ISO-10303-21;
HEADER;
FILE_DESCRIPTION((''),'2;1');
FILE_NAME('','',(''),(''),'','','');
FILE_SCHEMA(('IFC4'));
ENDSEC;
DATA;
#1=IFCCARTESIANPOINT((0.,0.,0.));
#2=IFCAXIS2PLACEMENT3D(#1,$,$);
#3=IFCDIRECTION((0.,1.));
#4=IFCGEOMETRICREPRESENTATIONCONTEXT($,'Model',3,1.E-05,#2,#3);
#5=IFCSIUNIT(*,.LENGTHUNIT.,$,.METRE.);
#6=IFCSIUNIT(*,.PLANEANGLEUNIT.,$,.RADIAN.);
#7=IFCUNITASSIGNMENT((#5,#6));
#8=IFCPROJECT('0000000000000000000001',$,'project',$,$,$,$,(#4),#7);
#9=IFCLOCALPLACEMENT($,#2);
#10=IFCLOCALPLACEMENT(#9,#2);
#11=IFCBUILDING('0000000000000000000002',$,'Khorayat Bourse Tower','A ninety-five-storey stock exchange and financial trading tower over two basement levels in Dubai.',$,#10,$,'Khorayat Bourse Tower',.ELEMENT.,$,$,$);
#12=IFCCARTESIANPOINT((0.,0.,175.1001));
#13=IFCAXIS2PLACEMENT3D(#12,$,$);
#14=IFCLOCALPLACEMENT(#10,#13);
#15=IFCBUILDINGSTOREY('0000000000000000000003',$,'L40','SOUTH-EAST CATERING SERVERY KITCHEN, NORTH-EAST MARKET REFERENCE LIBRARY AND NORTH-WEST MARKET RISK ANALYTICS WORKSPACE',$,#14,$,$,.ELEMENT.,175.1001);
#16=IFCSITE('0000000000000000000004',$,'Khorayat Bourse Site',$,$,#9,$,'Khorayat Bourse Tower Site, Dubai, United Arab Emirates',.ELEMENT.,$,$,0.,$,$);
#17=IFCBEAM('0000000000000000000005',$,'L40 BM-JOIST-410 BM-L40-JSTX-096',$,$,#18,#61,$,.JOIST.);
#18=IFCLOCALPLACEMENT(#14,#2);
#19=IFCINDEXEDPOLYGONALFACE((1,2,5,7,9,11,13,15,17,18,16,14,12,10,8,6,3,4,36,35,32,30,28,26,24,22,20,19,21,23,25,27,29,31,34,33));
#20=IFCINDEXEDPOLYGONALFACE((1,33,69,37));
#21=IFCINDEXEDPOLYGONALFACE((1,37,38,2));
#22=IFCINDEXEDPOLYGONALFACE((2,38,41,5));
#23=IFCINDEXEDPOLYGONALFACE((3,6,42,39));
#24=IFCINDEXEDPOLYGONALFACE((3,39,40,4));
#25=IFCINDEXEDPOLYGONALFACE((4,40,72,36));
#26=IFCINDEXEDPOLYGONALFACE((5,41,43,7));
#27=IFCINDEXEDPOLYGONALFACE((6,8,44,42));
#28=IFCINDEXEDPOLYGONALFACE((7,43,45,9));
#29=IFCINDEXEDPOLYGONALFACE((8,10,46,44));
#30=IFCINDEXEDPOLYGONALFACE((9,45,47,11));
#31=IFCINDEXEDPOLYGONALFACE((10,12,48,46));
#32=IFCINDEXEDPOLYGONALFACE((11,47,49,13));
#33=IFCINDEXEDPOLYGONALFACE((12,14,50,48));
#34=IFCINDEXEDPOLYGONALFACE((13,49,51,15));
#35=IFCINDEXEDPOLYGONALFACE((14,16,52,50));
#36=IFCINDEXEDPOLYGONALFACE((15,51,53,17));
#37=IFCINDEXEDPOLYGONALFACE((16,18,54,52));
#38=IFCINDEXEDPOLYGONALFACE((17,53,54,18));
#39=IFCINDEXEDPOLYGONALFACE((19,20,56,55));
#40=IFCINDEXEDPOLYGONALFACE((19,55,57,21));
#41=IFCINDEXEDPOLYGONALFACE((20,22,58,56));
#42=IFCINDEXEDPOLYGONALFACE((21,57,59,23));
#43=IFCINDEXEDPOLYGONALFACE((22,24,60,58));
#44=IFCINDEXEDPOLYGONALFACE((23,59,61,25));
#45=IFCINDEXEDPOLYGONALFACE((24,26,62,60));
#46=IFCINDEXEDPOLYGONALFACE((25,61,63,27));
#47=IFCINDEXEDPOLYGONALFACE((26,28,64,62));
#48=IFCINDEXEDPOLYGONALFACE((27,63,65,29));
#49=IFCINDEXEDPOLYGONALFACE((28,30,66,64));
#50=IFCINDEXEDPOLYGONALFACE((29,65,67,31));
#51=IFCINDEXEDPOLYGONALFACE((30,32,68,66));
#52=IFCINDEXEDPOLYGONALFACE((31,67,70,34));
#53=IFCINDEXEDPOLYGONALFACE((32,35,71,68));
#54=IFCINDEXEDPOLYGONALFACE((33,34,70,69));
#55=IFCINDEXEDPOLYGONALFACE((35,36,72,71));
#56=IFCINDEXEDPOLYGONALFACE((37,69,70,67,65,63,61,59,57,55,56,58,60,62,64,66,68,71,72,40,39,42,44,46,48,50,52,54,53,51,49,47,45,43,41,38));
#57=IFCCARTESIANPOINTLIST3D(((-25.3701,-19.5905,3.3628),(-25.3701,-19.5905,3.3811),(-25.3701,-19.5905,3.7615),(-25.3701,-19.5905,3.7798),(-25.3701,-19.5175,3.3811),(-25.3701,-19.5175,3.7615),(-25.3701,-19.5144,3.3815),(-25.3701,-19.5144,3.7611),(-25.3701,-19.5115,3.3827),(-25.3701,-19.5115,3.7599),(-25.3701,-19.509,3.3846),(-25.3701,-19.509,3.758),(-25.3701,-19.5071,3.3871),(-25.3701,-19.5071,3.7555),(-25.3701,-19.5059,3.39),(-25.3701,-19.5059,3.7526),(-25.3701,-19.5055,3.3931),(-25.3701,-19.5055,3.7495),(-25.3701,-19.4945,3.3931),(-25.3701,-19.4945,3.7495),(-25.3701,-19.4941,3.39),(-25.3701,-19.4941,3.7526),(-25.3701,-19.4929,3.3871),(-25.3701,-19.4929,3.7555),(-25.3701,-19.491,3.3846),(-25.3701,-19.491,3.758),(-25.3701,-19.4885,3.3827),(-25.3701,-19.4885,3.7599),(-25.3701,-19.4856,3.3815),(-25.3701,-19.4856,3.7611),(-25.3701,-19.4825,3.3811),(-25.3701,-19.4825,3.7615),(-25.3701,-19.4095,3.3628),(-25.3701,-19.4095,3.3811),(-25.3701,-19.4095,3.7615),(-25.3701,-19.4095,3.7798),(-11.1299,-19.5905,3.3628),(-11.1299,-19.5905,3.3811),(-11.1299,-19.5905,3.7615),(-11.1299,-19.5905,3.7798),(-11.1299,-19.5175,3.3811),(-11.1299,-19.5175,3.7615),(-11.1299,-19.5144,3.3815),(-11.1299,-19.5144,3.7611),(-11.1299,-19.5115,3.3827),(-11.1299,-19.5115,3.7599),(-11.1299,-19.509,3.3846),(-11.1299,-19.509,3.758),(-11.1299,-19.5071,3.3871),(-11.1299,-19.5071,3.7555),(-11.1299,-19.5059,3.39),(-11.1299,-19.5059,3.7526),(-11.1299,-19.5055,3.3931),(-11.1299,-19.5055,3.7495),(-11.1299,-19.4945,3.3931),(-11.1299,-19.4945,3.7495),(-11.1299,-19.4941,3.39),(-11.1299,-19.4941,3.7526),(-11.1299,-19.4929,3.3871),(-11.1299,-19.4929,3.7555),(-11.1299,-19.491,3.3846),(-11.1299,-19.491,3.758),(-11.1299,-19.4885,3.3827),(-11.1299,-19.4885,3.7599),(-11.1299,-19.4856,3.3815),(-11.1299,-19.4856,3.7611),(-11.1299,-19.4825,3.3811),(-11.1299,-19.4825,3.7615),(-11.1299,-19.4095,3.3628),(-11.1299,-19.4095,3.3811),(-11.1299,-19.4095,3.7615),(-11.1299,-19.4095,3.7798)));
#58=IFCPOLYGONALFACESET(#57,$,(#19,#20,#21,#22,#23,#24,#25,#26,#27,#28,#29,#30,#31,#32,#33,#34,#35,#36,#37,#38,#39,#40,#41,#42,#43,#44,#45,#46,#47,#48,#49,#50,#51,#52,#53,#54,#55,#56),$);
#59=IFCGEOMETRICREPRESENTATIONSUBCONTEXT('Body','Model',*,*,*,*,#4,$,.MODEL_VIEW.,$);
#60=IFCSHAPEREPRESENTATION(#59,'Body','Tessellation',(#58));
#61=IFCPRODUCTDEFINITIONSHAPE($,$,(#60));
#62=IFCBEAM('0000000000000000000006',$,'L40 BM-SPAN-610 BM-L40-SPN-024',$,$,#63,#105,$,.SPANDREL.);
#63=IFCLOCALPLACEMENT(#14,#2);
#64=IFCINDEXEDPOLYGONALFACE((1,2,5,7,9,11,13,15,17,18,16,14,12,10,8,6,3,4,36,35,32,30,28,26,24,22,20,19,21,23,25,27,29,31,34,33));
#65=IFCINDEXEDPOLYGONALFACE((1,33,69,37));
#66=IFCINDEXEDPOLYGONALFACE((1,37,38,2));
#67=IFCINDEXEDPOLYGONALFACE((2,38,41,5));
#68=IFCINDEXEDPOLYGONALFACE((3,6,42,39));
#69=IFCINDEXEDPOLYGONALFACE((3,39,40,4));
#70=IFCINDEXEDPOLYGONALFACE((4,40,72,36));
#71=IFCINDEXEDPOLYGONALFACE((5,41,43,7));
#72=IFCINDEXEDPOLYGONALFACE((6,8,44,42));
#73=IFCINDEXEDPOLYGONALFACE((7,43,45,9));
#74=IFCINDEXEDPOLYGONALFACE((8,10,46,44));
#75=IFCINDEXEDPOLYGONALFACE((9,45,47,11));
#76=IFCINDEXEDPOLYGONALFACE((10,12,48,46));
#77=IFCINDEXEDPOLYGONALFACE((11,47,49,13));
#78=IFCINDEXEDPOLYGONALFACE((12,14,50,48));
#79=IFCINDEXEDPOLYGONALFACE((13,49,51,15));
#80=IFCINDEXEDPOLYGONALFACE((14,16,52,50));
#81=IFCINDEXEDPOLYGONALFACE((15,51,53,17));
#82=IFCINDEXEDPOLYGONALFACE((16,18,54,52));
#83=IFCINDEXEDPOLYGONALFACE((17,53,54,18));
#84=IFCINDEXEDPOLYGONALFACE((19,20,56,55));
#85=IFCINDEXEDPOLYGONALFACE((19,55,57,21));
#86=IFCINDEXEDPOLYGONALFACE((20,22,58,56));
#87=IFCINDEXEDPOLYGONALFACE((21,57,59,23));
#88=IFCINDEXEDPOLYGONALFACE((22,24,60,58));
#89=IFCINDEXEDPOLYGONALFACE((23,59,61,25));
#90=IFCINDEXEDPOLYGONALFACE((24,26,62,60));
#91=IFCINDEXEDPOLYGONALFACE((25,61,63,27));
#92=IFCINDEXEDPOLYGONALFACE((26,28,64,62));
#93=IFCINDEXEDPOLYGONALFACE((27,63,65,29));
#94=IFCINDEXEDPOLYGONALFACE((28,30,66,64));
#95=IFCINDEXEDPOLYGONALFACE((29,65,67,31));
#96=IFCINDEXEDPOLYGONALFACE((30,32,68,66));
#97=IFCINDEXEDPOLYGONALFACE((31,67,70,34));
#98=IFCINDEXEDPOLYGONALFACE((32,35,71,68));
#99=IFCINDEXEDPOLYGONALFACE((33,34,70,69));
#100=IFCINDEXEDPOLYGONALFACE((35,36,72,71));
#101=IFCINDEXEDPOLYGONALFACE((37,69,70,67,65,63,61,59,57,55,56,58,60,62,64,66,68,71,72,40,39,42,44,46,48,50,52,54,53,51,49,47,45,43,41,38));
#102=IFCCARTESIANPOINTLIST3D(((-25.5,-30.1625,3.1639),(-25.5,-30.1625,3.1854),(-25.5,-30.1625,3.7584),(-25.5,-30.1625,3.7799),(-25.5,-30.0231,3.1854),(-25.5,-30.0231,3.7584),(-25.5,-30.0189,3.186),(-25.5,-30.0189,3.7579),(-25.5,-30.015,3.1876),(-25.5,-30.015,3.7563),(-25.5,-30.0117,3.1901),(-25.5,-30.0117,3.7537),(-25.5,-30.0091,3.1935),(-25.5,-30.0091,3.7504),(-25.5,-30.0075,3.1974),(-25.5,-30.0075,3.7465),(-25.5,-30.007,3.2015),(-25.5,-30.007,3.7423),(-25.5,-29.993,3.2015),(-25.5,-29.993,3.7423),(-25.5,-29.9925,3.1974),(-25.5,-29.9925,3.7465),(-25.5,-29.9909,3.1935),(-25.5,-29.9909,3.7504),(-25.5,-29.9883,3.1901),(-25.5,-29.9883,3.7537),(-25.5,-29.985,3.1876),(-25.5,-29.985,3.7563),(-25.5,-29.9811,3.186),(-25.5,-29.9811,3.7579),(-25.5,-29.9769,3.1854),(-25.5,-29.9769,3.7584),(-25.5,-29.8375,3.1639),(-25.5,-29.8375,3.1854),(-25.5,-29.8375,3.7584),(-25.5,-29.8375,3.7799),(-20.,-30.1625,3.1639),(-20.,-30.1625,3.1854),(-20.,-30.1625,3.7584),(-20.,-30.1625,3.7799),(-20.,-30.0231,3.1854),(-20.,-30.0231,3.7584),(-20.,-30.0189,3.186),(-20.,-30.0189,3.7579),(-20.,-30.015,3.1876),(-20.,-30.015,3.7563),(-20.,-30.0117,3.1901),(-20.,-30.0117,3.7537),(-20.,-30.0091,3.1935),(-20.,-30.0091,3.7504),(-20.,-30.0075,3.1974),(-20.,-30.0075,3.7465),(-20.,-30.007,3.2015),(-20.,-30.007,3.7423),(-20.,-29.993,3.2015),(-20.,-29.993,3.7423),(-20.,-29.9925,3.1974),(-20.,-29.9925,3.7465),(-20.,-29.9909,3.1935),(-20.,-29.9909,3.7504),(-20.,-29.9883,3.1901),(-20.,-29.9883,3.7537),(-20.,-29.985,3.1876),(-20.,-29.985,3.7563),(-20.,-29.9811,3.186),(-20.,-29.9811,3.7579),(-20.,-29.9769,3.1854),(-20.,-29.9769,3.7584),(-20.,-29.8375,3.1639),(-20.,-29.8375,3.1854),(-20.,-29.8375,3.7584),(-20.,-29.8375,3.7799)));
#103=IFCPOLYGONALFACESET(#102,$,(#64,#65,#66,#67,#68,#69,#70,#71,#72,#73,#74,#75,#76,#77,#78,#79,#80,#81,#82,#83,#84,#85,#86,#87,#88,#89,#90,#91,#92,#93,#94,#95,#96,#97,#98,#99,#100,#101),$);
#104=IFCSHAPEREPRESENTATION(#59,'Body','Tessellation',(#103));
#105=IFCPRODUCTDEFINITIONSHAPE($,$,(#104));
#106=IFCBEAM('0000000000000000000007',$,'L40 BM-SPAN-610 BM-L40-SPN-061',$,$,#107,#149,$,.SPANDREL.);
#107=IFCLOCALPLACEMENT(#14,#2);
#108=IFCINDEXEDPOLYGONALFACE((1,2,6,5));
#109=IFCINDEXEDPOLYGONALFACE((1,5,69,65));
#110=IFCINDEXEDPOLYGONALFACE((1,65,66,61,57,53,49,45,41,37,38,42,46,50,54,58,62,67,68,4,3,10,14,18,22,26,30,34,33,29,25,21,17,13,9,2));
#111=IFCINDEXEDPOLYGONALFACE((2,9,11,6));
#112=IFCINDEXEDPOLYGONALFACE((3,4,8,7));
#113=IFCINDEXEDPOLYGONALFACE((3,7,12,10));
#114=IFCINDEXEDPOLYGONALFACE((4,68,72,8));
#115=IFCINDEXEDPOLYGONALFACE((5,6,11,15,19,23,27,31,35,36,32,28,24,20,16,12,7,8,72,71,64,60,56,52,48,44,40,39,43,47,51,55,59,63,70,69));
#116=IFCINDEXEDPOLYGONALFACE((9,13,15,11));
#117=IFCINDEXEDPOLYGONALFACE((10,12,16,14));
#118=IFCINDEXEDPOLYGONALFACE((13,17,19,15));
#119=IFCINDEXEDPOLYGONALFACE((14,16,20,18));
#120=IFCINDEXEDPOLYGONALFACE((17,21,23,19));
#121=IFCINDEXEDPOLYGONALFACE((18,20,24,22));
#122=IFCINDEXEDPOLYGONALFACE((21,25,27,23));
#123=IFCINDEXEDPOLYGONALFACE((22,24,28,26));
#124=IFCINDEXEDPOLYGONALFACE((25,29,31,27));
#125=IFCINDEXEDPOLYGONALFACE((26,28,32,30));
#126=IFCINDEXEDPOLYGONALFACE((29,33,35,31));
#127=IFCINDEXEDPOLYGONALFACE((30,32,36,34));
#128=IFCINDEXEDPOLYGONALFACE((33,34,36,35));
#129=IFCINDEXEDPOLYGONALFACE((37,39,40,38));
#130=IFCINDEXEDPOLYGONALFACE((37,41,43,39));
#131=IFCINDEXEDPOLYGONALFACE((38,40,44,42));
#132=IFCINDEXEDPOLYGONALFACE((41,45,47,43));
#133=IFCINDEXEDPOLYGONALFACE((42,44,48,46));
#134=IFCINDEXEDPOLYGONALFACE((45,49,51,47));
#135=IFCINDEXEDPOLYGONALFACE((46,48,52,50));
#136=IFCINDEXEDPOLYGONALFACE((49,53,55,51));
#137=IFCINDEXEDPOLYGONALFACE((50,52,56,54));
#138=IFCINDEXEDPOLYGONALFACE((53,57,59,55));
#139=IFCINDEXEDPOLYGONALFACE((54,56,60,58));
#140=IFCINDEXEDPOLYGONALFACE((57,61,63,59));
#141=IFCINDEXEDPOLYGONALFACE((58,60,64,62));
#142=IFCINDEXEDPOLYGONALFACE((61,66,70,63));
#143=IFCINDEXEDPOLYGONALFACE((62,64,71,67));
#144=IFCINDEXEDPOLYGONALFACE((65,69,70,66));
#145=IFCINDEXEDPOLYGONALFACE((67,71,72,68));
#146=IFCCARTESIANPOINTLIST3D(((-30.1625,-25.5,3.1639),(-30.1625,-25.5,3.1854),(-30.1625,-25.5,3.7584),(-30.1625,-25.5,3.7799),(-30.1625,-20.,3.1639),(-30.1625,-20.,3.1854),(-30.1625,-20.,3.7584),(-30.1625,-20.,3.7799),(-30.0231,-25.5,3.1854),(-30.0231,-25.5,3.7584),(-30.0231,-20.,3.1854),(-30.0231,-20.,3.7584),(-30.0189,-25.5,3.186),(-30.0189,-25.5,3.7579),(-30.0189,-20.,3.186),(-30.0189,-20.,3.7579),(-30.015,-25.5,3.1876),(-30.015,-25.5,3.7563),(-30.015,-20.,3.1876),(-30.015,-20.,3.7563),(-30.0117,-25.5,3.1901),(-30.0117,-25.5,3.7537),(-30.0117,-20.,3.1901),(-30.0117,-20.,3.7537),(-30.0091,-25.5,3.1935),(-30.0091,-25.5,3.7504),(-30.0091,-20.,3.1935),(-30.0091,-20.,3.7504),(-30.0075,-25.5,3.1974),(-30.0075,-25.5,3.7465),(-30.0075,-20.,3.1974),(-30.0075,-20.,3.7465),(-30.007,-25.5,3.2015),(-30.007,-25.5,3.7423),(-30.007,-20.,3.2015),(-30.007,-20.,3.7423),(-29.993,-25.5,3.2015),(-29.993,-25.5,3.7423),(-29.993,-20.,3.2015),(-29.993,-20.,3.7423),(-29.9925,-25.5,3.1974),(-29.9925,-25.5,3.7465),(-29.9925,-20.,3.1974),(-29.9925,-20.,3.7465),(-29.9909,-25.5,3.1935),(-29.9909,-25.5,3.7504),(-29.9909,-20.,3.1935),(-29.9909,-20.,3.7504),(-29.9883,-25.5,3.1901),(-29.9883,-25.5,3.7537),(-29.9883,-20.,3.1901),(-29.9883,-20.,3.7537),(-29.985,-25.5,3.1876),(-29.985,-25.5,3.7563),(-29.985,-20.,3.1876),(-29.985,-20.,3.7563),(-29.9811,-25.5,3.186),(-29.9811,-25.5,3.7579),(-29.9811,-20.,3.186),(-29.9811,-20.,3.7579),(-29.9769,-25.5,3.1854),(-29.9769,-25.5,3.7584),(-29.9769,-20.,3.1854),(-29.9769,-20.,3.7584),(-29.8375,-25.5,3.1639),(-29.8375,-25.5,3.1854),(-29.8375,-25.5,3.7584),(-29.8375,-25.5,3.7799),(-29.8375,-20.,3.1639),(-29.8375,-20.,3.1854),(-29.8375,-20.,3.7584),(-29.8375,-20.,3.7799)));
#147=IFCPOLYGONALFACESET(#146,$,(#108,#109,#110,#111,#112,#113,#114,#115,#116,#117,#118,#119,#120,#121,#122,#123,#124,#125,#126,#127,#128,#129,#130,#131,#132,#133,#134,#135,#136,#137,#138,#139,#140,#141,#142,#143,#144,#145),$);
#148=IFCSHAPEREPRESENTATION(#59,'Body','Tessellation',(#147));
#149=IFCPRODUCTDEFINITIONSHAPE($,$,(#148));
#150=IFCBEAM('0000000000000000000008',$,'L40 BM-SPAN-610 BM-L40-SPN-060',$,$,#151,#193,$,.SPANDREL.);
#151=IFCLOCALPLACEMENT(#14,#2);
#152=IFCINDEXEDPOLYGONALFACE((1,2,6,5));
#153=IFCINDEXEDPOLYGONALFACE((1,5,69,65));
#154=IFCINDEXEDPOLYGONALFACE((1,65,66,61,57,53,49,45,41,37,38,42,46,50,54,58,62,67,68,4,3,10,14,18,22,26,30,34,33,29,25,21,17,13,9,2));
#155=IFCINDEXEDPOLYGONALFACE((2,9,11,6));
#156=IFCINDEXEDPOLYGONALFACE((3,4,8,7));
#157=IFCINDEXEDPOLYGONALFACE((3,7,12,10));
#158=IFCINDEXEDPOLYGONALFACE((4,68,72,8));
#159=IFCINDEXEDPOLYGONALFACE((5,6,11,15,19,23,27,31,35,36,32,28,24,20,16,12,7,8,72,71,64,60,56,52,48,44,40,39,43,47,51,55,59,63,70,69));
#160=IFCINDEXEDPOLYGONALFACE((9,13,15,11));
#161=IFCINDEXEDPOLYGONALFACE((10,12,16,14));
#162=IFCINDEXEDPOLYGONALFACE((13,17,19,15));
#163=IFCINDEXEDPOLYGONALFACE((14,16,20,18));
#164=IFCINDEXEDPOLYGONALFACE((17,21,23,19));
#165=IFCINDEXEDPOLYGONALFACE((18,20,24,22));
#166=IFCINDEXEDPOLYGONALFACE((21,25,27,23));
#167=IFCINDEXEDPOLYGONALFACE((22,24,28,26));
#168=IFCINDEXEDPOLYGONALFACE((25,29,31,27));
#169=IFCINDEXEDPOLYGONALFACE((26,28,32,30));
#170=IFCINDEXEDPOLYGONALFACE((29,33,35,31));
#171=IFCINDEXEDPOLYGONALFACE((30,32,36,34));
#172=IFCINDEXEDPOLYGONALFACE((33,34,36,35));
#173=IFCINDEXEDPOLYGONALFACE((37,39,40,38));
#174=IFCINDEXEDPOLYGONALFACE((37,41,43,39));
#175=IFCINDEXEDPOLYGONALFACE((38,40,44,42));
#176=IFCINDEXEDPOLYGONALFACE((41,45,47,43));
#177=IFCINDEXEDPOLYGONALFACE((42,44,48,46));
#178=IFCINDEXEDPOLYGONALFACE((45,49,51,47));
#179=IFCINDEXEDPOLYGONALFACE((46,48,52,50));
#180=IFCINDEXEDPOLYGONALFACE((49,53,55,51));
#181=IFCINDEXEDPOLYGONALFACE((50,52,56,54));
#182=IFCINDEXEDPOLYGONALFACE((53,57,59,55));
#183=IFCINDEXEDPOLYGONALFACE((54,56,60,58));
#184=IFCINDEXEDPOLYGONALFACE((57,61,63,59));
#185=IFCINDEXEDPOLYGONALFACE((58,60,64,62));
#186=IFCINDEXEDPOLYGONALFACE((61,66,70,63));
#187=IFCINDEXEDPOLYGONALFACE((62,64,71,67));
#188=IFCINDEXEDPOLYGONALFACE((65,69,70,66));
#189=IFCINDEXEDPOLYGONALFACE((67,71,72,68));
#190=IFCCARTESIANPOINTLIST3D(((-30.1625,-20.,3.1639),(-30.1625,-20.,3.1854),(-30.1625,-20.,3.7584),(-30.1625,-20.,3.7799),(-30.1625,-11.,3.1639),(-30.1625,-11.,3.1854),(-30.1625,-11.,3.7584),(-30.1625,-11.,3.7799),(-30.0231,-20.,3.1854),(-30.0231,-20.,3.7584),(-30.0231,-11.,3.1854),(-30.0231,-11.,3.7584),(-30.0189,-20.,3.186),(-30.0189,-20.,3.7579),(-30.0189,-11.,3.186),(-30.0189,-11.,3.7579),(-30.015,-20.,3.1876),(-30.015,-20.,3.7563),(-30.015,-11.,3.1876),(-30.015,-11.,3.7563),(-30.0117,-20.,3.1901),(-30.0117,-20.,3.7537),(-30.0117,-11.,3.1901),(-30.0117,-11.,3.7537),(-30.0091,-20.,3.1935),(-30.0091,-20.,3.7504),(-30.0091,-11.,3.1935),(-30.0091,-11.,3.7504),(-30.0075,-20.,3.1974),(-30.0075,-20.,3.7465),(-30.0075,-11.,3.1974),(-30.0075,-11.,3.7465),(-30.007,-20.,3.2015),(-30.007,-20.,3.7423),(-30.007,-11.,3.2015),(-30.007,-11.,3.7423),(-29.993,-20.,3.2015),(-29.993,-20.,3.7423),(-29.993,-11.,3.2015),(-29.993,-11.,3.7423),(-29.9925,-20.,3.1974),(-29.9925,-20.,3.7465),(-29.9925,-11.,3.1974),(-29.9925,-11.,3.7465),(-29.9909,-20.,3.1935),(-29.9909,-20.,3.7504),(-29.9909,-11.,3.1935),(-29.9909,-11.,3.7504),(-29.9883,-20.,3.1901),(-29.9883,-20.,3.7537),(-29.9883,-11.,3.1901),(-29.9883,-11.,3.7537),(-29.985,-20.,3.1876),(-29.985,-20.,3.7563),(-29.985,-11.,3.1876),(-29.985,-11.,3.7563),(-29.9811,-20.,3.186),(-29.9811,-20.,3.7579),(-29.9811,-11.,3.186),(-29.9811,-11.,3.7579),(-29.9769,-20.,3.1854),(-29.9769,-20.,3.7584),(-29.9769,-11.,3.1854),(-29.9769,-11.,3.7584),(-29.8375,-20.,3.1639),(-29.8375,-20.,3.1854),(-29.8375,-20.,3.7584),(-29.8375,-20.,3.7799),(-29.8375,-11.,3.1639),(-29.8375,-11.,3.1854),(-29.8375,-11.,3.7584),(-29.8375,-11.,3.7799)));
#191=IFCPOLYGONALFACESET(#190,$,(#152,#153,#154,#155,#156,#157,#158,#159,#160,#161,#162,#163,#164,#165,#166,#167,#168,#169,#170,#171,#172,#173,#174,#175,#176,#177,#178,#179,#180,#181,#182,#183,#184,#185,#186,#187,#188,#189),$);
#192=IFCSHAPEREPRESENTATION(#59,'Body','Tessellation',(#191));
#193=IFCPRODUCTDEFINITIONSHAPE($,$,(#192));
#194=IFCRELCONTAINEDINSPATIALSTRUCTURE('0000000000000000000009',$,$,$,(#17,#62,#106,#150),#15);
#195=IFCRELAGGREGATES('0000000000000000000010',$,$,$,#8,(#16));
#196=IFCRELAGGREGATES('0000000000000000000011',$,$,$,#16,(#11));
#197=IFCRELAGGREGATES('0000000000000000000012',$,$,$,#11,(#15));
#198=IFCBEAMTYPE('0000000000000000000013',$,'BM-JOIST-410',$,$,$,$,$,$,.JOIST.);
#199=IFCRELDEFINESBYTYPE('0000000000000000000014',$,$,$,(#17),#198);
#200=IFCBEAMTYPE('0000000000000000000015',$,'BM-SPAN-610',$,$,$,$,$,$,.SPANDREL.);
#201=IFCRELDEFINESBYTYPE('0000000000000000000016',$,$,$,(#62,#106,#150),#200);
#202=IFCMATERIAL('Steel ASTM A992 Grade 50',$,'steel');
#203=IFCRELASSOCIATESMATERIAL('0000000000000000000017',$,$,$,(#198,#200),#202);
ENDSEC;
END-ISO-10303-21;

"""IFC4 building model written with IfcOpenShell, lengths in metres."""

from ifc_helpers import new_model, si_unit, direction, frame, origin, origin_2d, place, context, subcontext, project, spatial, i_section, extrude, source, transform, mapped, material, material_profile, profile_set, type_object, element, save


model = new_model("IFC4")

# Units and contexts
model_context = context("Model", 3, precision=1e-05, world=origin(), true_north=direction((0.0, 1.0)))
body_context = subcontext(model_context, "Body", "Model", "MODEL_VIEW")
ifc_project = project(units=[si_unit("LENGTHUNIT", "METRE"), si_unit("PLANEANGLEUNIT", "RADIAN")], contexts=[model_context])

# Site, building, storey
site_placement = place(None, origin())
site = spatial("IfcSite", under=ifc_project, at=site_placement, Name="Khorayat Bourse Site", LongName="Khorayat Bourse Tower Site, Dubai, United Arab Emirates", CompositionType="ELEMENT", RefElevation=0.0)
building_placement = place(site_placement, origin())
building = spatial("IfcBuilding", under=site, at=building_placement, Name="Khorayat Bourse Tower", Description="A ninety-five-storey stock exchange and financial trading tower over two basement levels in Dubai.", LongName="Khorayat Bourse Tower", CompositionType="ELEMENT")
storey_placement = place(building_placement, frame((0.0, 0.0, 175.1001)))
storey = spatial("IfcBuildingStorey", under=building, at=storey_placement, Name="L40", Description="SOUTH-EAST CATERING SERVERY KITCHEN, NORTH-EAST MARKET REFERENCE LIBRARY AND NORTH-WEST MARKET RISK ANALYTICS WORKSPACE", CompositionType="ELEMENT", Elevation=175.1001)

# Beams
ifc_material_1 = material(Name="Steel ASTM A992 Grade 50", Category="steel")
ifc_material_profile_1 = material_profile(ifc_material_1, i_section(OverallWidth=0.1809, OverallDepth=0.417, WebThickness=0.011, FlangeThickness=0.0183, FilletRadius=0.012, at=origin_2d()), Name="W410X85")
ifc_profile_set_1 = profile_set([ifc_material_profile_1], Name="Steel ASTM A992 Grade 50")
beam_type_1 = type_object("IfcBeamType", Name="BM-JOIST-410", PredefinedType="JOIST", material=ifc_profile_set_1)
shared_shape_1 = source(origin(), body_context, "Body", "SweptSolid", [
    extrude(i_section(OverallWidth=0.1809, OverallDepth=0.417, WebThickness=0.011, FlangeThickness=0.0183, FilletRadius=0.012, at=origin_2d()), origin(), (0.0, 0.0, 1.0), 14.2402),
])
beam_1_placement = place(storey_placement, frame((-25.3701, -19.5, 3.5713), z_axis=(1.0, 0.0, 0.0), x_axis=(0.0, 1.0, 0.0)))
element("IfcBeam", 1, at=beam_1_placement, inside=storey, type_object=beam_type_1, Name="L40 BM-JOIST-410 BM-L40-JSTX-096", PredefinedType="JOIST", context=body_context, shape_type="MappedRepresentation", body=[
    mapped(shared_shape_1, transform((0.0, 0.0, 0.0), scale=1.0)),
])
ifc_material_profile_2 = material_profile(ifc_material_1, i_section(OverallWidth=0.325, OverallDepth=0.616, WebThickness=0.0139, FlangeThickness=0.0215, FilletRadius=0.0161, at=origin_2d()), Name="W610X174")
ifc_profile_set_2 = profile_set([ifc_material_profile_2], Name="Steel ASTM A992 Grade 50")
beam_type_2 = type_object("IfcBeamType", Name="BM-SPAN-610", PredefinedType="SPANDREL", material=ifc_profile_set_2)
shared_shape_2 = source(origin(), body_context, "Body", "SweptSolid", [
    extrude(i_section(OverallWidth=0.325, OverallDepth=0.616, WebThickness=0.0139, FlangeThickness=0.0215, FilletRadius=0.0161, at=origin_2d()), origin(), (0.0, 0.0, 1.0), 5.5),
])
for number, where, z_axis, x_axis, name in (
    (2, (-25.5, -30.0, 3.4719), (1.0, 0.0, 0.0), (0.0, 1.0, 0.0), "L40 BM-SPAN-610 BM-L40-SPN-024"),
    (3, (-30.0, -25.5, 3.4719), (0.0, 1.0, 0.0), (-1.0, 0.0, 0.0), "L40 BM-SPAN-610 BM-L40-SPN-061"),
):
    element("IfcBeam", number, at=place(storey_placement, frame(where, z_axis=z_axis, x_axis=x_axis)), inside=storey, type_object=beam_type_2, Name=name, PredefinedType="SPANDREL", context=body_context, shape_type="MappedRepresentation", body=[
        mapped(shared_shape_2, transform((0.0, 0.0, 0.0), scale=1.0)),
    ])
shared_shape_3 = source(origin(), body_context, "Body", "SweptSolid", [
    extrude(i_section(OverallWidth=0.325, OverallDepth=0.616, WebThickness=0.0139, FlangeThickness=0.0215, FilletRadius=0.0161, at=origin_2d()), origin(), (0.0, 0.0, 1.0), 9.0),
])
beam_2_placement = place(storey_placement, frame((-30.0, -20.0, 3.4719), z_axis=(0.0, 1.0, 0.0), x_axis=(-1.0, 0.0, 0.0)))
element("IfcBeam", 4, at=beam_2_placement, inside=storey, type_object=beam_type_2, Name="L40 BM-SPAN-610 BM-L40-SPN-060", PredefinedType="SPANDREL", context=body_context, shape_type="MappedRepresentation", body=[
    mapped(shared_shape_3, transform((0.0, 0.0, 0.0), scale=1.0)),
])

save(model, "model.ifc")
